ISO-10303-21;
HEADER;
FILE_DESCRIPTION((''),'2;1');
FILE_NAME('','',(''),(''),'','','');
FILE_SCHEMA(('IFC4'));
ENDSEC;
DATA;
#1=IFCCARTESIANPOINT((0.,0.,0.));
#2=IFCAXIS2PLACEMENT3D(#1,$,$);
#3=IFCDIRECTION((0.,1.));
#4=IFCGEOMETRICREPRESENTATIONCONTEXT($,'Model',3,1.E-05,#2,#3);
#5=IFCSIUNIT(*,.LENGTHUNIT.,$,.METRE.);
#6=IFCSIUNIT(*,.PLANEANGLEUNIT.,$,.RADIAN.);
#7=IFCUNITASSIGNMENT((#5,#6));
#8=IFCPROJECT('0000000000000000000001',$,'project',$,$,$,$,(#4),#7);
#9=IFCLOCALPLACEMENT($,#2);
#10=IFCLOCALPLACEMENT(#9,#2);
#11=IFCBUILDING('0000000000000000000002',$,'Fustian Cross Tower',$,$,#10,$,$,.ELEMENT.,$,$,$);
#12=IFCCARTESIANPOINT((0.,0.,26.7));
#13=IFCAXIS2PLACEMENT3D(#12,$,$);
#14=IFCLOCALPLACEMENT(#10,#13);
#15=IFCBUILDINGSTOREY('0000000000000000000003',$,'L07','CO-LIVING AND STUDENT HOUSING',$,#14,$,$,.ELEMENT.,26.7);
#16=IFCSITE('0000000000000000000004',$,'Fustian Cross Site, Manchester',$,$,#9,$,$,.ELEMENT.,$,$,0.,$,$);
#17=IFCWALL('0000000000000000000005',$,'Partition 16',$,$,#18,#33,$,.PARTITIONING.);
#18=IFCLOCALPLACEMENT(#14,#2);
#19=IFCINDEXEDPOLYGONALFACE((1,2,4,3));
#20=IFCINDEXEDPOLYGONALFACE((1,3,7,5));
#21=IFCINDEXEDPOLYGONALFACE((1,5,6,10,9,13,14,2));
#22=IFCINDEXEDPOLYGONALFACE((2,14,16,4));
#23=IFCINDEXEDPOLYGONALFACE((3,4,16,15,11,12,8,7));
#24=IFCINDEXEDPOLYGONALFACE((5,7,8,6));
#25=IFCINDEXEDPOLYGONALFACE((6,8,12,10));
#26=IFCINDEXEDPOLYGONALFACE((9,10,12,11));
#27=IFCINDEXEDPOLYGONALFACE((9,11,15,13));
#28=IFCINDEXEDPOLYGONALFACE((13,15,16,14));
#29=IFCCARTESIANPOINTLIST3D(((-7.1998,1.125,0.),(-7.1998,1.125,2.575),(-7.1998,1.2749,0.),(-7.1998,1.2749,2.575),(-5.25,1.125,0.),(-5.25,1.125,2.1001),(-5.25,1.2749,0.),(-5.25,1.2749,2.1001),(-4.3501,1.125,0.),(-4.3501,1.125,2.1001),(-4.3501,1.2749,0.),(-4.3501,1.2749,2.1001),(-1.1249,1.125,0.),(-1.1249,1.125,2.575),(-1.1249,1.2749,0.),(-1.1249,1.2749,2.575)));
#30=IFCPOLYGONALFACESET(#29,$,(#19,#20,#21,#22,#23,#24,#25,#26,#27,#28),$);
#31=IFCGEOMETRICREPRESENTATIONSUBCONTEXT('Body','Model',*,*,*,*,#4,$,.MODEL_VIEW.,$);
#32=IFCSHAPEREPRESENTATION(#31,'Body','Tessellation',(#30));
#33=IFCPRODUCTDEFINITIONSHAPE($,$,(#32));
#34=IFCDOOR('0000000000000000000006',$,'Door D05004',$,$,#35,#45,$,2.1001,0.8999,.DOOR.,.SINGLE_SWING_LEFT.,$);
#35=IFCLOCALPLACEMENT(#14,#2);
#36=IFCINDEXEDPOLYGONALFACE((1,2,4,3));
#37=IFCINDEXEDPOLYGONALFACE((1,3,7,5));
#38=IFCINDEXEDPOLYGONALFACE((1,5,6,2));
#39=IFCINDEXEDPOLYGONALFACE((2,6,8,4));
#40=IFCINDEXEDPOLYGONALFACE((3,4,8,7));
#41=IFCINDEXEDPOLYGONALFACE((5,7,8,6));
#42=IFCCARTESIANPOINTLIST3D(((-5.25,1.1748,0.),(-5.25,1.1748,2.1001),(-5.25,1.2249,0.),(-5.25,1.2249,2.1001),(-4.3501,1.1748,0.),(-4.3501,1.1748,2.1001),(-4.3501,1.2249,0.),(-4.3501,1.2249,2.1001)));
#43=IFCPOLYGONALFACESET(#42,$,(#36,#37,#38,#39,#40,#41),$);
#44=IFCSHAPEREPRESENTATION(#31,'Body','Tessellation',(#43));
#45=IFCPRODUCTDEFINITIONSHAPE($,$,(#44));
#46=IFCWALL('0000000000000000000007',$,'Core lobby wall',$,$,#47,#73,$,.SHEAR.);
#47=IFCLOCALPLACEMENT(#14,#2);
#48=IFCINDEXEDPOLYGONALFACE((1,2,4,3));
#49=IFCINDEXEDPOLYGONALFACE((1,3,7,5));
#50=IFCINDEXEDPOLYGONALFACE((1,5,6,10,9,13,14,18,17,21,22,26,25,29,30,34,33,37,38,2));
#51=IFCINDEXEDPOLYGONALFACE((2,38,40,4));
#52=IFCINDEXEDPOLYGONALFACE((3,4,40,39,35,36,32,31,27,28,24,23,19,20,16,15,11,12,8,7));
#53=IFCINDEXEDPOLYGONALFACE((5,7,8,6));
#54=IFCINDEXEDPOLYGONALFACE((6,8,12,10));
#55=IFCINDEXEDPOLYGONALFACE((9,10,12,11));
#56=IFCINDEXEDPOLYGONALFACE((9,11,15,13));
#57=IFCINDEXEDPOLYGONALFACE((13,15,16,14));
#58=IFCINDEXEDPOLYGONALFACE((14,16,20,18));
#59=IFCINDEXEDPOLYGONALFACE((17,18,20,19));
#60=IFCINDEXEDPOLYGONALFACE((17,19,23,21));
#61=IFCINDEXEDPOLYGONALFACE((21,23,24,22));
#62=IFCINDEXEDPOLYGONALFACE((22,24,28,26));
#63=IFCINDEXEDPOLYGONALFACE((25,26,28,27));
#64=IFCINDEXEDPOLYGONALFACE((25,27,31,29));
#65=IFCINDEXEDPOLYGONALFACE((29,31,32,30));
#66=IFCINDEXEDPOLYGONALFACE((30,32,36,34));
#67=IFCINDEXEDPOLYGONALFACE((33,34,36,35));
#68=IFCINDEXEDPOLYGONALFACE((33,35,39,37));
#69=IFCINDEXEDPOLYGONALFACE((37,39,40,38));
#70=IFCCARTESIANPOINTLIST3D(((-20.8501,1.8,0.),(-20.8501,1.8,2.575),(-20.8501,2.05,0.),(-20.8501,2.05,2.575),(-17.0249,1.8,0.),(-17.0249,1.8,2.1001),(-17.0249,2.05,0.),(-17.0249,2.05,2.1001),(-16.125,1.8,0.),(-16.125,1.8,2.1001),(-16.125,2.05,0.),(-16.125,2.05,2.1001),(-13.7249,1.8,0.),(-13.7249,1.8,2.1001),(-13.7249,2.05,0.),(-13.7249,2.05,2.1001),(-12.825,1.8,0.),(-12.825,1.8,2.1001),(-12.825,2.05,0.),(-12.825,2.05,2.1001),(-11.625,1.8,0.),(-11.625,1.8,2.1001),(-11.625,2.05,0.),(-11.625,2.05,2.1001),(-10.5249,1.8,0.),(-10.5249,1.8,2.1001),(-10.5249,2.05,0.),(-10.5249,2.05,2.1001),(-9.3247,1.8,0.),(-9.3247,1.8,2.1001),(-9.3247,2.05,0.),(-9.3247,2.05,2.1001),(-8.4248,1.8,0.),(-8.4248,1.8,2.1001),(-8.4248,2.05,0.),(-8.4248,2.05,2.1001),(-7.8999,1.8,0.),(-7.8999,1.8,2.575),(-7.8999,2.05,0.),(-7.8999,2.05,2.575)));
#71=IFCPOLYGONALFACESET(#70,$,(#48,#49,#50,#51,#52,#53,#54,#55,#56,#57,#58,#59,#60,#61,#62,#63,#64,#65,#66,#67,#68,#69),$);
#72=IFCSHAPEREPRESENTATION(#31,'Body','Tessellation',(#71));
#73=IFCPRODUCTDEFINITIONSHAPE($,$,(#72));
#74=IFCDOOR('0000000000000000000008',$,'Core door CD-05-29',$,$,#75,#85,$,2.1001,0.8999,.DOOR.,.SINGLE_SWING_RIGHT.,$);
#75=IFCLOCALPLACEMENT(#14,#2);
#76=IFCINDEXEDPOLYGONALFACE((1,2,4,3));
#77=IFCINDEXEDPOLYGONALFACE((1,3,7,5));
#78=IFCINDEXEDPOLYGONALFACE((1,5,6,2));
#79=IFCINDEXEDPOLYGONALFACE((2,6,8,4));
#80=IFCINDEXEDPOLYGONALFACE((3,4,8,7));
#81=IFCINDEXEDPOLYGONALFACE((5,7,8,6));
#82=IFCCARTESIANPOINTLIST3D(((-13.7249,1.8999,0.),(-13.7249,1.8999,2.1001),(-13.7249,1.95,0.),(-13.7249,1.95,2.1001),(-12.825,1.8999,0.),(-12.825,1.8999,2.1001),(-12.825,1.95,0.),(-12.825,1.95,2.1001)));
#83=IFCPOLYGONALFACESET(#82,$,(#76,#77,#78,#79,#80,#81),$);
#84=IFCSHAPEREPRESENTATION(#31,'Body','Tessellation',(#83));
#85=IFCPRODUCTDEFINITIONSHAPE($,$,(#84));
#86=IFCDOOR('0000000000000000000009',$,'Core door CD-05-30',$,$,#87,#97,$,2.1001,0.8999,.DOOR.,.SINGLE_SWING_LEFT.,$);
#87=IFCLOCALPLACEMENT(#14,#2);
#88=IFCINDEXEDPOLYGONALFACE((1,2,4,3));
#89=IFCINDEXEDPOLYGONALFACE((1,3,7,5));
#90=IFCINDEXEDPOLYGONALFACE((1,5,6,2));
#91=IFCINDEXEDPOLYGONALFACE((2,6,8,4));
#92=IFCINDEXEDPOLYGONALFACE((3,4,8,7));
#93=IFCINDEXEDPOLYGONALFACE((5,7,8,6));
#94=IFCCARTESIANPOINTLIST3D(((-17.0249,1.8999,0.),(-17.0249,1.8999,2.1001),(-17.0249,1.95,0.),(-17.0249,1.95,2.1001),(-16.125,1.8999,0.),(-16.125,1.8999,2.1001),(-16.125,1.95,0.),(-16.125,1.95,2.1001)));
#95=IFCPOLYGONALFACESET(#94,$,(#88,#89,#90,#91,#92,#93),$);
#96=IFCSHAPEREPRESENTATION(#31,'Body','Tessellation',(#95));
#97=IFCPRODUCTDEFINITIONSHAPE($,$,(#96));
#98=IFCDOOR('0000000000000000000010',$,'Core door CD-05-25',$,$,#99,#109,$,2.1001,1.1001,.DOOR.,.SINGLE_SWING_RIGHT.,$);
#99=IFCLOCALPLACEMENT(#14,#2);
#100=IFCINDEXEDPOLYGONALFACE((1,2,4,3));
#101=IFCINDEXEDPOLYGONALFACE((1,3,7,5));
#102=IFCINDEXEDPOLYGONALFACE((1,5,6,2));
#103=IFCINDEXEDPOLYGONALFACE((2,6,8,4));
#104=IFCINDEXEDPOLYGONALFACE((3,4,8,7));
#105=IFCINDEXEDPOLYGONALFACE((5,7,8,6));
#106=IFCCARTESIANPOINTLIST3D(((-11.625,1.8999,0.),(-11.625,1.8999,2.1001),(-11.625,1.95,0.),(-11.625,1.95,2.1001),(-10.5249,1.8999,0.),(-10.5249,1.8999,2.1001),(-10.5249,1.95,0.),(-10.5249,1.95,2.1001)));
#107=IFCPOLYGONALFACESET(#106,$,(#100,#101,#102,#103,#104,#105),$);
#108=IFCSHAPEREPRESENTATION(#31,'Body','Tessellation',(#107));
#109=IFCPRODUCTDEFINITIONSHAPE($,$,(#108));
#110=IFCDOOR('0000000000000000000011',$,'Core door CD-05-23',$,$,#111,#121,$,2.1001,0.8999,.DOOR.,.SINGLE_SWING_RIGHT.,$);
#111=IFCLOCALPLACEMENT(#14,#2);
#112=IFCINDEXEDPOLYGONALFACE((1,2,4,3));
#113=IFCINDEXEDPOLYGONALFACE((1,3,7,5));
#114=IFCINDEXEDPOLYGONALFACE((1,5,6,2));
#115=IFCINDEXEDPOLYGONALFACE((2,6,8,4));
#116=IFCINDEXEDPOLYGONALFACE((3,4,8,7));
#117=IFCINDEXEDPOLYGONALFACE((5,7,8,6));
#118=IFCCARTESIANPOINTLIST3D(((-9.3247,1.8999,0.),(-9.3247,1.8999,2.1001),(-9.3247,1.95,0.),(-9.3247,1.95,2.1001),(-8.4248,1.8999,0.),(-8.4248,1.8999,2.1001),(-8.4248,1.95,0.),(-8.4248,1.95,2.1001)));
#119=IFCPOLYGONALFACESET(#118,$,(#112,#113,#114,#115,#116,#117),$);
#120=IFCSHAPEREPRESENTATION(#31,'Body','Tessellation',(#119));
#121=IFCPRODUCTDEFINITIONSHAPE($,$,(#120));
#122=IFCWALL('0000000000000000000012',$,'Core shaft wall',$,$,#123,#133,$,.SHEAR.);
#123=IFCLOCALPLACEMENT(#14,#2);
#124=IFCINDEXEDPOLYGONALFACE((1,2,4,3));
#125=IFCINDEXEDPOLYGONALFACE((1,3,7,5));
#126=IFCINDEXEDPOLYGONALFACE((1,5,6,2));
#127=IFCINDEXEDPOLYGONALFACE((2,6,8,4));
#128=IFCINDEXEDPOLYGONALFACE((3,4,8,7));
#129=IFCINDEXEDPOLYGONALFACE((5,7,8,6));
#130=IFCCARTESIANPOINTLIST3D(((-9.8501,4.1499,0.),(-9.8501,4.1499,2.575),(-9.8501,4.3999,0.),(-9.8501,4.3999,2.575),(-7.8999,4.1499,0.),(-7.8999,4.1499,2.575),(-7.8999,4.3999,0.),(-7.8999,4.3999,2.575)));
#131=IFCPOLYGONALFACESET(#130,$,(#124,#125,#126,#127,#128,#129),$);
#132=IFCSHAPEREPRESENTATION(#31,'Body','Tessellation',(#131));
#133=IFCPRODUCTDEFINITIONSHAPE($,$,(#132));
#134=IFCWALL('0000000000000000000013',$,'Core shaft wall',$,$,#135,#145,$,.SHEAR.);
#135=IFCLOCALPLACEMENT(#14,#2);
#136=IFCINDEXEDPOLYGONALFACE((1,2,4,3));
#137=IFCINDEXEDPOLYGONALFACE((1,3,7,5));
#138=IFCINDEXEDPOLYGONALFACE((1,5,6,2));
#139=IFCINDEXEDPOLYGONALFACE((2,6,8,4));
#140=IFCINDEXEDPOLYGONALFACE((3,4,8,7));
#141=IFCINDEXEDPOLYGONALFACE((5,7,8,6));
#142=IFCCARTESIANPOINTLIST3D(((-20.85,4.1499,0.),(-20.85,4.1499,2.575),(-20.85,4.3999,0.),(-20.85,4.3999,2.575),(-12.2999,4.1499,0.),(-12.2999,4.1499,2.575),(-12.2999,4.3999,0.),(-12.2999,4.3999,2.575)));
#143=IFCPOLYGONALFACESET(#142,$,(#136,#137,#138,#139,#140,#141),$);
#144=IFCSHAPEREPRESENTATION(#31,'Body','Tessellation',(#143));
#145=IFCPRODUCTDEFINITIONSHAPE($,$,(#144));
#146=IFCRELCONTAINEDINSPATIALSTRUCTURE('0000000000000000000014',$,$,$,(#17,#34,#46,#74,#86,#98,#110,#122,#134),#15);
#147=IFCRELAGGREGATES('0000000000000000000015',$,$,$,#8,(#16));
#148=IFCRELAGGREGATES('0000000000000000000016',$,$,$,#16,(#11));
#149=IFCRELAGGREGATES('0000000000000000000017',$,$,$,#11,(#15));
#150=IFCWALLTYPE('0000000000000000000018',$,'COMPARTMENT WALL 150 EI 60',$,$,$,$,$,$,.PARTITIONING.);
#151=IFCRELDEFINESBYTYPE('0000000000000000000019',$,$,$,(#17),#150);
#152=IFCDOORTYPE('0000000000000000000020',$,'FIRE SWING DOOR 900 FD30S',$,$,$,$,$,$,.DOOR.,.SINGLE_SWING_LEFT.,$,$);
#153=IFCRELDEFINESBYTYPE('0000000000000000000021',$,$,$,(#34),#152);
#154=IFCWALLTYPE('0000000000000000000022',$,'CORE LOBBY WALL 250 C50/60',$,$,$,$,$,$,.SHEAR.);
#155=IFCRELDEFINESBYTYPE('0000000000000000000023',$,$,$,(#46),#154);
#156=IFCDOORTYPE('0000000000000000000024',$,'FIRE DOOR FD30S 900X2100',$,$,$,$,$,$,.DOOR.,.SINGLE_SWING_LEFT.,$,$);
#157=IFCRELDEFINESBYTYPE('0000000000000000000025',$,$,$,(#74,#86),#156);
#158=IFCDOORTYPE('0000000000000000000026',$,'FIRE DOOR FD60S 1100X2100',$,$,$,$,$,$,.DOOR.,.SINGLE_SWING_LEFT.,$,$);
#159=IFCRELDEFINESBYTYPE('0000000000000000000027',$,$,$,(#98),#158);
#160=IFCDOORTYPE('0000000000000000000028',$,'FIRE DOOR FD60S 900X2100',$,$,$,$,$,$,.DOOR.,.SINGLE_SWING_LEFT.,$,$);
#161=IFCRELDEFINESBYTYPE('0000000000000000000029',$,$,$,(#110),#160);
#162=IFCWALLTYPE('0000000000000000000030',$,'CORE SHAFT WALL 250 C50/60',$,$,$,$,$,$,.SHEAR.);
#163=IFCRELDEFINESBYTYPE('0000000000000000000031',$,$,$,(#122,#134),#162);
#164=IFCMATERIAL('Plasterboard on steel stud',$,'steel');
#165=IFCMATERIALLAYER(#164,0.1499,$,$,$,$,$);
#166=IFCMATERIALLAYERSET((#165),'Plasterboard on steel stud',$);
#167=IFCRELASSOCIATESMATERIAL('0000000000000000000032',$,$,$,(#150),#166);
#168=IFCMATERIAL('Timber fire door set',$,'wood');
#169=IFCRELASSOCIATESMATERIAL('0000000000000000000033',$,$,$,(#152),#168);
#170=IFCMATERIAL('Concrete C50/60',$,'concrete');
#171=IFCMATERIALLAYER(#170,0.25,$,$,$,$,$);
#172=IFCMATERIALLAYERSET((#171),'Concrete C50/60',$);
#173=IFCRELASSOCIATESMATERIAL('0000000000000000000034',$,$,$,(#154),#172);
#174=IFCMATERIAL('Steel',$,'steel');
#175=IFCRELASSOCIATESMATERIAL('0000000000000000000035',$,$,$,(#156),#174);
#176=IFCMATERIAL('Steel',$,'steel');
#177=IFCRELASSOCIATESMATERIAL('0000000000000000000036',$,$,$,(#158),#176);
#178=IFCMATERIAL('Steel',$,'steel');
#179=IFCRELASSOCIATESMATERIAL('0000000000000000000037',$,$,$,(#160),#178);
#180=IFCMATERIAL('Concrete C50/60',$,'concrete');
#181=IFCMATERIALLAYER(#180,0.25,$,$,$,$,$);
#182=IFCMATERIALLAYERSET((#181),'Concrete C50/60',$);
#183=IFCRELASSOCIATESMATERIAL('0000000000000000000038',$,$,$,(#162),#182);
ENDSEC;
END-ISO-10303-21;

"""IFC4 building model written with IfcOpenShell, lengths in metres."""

from ifc_helpers import new_model, si_unit, direction, frame, frame_2d, origin, place, context, subcontext, project, spatial, rectangle, extrude, material, layer, layer_set, type_object, element, fill, save


model = new_model("IFC4")

# Units and contexts
model_context = context("Model", 3, precision=1e-05, world=origin(), true_north=direction((0.0, 1.0)))
body_context = subcontext(model_context, "Body", "Model", "MODEL_VIEW")
ifc_project = project(units=[si_unit("LENGTHUNIT", "METRE"), si_unit("PLANEANGLEUNIT", "RADIAN")], contexts=[model_context])

# Site, building, storey
site_placement = place(None, origin())
site = spatial("IfcSite", under=ifc_project, at=site_placement, Name="Fustian Cross Site, Manchester", CompositionType="ELEMENT", RefElevation=0.0)
building_placement = place(site_placement, origin())
building = spatial("IfcBuilding", under=site, at=building_placement, Name="Fustian Cross Tower", CompositionType="ELEMENT")
storey_placement = place(building_placement, frame((0.0, 0.0, 26.7)))
storey = spatial("IfcBuildingStorey", under=building, at=storey_placement, Name="L07", Description="CO-LIVING AND STUDENT HOUSING", CompositionType="ELEMENT", Elevation=26.7)

# Wall, opening, door
ifc_material_1 = material(Name="Plasterboard on steel stud", Category="steel")
ifc_layer_1 = layer(ifc_material_1, 0.1499)
ifc_layer_set_1 = layer_set([ifc_layer_1], Name="Plasterboard on steel stud")
wall_type_1 = type_object("IfcWallType", Name="COMPARTMENT WALL 150 EI 60", PredefinedType="PARTITIONING", material=ifc_layer_set_1)
wall_1_placement = place(storey_placement, frame((-7.2, 1.2, 0.0), z_axis=(0.0, 0.0, 1.0), x_axis=(1.0, 0.0, 0.0)))
wall_1 = element("IfcWall", 1, at=wall_1_placement, inside=storey, type_object=wall_type_1, Name="Partition 16", PredefinedType="PARTITIONING", context=body_context, shape_type="SweptSolid", body=[
    extrude(rectangle(XDim=6.075, YDim=0.1499, at=frame_2d((3.0376, 0.0))), origin(), (0.0, 0.0, 1.0), 2.575),
])
opening_1_placement = place(wall_1_placement, frame((1.95, 0.0, 0.0)))
opening_1 = element("IfcOpeningElement", 2, at=opening_1_placement, cuts=wall_1, PredefinedType="OPENING", context=body_context, shape_type="SweptSolid", body=[
    extrude(rectangle(XDim=0.8999, YDim=2.1001, at=frame_2d((0.45, 1.05))), frame((0.0, 0.085, 0.0), z_axis=(0.0, -1.0, 0.0), x_axis=(1.0, 0.0, 0.0)), (0.0, 0.0, 1.0), 0.1699),
])
ifc_material_2 = material(Name="Timber fire door set", Category="wood")
door_type_1 = type_object("IfcDoorType", Name="FIRE SWING DOOR 900 FD30S", OperationType="SINGLE_SWING_LEFT", PredefinedType="DOOR", material=ifc_material_2)
door_1_placement = place(opening_1_placement, origin())
door_1 = element("IfcDoor", 3, at=door_1_placement, inside=storey, type_object=door_type_1, Name="Door D05004", OperationType="SINGLE_SWING_LEFT", OverallHeight=2.1001, OverallWidth=0.8999, PredefinedType="DOOR", context=body_context, shape_type="SweptSolid", body=[
    extrude(rectangle(XDim=0.8999, YDim=2.1001, at=frame_2d((0.45, 1.05))), frame((0.0, 0.0249, 0.0), z_axis=(0.0, -1.0, 0.0), x_axis=(1.0, 0.0, 0.0)), (0.0, 0.0, 1.0), 0.05),
])
fill(opening_1, door_1)

# Wall, openings, doors
ifc_material_3 = material(Name="Concrete C50/60", Category="concrete")
ifc_layer_2 = layer(ifc_material_3, 0.25)
ifc_layer_set_2 = layer_set([ifc_layer_2], Name="Concrete C50/60")
wall_type_2 = type_object("IfcWallType", Name="CORE LOBBY WALL 250 C50/60", PredefinedType="SHEAR", material=ifc_layer_set_2)
wall_2_placement = place(storey_placement, frame((-7.8999, 1.925, 0.0), z_axis=(0.0, 0.0, 1.0), x_axis=(-1.0, 0.0, 0.0)))
wall_2 = element("IfcWall", 4, at=wall_2_placement, inside=storey, type_object=wall_type_2, Name="Core lobby wall", PredefinedType="SHEAR", context=body_context, shape_type="SweptSolid", body=[
    extrude(rectangle(XDim=12.9502, YDim=0.25, at=frame_2d((6.4751, 0.0))), origin(), (0.0, 0.0, 1.0), 2.575),
])
opening_2_placement = place(wall_2_placement, frame((0.5249, 0.0, 0.0)))
opening_2 = element("IfcOpeningElement", 5, at=opening_2_placement, cuts=wall_2, PredefinedType="OPENING", context=body_context, shape_type="SweptSolid", body=[
    extrude(rectangle(XDim=0.8999, YDim=2.1001, at=frame_2d((0.45, 1.05))), frame((0.0, 0.135, 0.0), z_axis=(0.0, -1.0, 0.0), x_axis=(1.0, 0.0, 0.0)), (0.0, 0.0, 1.0), 0.27),
])
opening_3_placement = place(wall_2_placement, frame((2.625, 0.0, 0.0)))
opening_3 = element("IfcOpeningElement", 6, at=opening_3_placement, cuts=wall_2, PredefinedType="OPENING", context=body_context, shape_type="SweptSolid", body=[
    extrude(rectangle(XDim=1.1001, YDim=2.1001, at=frame_2d((0.55, 1.05))), frame((0.0, 0.135, 0.0), z_axis=(0.0, -1.0, 0.0), x_axis=(1.0, 0.0, 0.0)), (0.0, 0.0, 1.0), 0.27),
])
opening_4_placement = place(wall_2_placement, frame((4.925, 0.0, 0.0)))
opening_4 = element("IfcOpeningElement", 7, at=opening_4_placement, cuts=wall_2, PredefinedType="OPENING", context=body_context, shape_type="SweptSolid", body=[
    extrude(rectangle(XDim=0.8999, YDim=2.1001, at=frame_2d((0.45, 1.05))), frame((0.0, 0.135, 0.0), z_axis=(0.0, -1.0, 0.0), x_axis=(1.0, 0.0, 0.0)), (0.0, 0.0, 1.0), 0.27),
])
opening_5_placement = place(wall_2_placement, frame((8.2251, 0.0, 0.0)))
opening_5 = element("IfcOpeningElement", 8, at=opening_5_placement, cuts=wall_2, PredefinedType="OPENING", context=body_context, shape_type="SweptSolid", body=[
    extrude(rectangle(XDim=0.8999, YDim=2.1001, at=frame_2d((0.45, 1.05))), frame((0.0, 0.135, 0.0), z_axis=(0.0, -1.0, 0.0), x_axis=(1.0, 0.0, 0.0)), (0.0, 0.0, 1.0), 0.27),
])
ifc_material_4 = material(Name="Steel", Category="steel")
door_type_2 = type_object("IfcDoorType", Name="FIRE DOOR FD30S 900X2100", OperationType="SINGLE_SWING_LEFT", PredefinedType="DOOR", material=ifc_material_4)
door_2_placement = place(opening_4_placement, frame((0.8999, 0.0, 0.0), z_axis=(0.0, 0.0, 1.0), x_axis=(-1.0, 0.0, 0.0)))
door_2 = element("IfcDoor", 9, at=door_2_placement, inside=storey, type_object=door_type_2, Name="Core door CD-05-29", OperationType="SINGLE_SWING_RIGHT", OverallHeight=2.1001, OverallWidth=0.8999, PredefinedType="DOOR", context=body_context, shape_type="SweptSolid", body=[
    extrude(rectangle(XDim=0.8999, YDim=2.1001, at=frame_2d((0.45, 1.05))), frame((0.0, 0.0249, 0.0), z_axis=(0.0, -1.0, 0.0), x_axis=(1.0, 0.0, 0.0)), (0.0, 0.0, 1.0), 0.05),
])
fill(opening_4, door_2)
door_3_placement = place(opening_5_placement, frame((0.8999, 0.0, 0.0), z_axis=(0.0, 0.0, 1.0), x_axis=(-1.0, 0.0, 0.0)))
door_3 = element("IfcDoor", 10, at=door_3_placement, inside=storey, type_object=door_type_2, Name="Core door CD-05-30", OperationType="SINGLE_SWING_LEFT", OverallHeight=2.1001, OverallWidth=0.8999, PredefinedType="DOOR", context=body_context, shape_type="SweptSolid", body=[
    extrude(rectangle(XDim=0.8999, YDim=2.1001, at=frame_2d((0.45, 1.05))), frame((0.0, 0.0249, 0.0), z_axis=(0.0, -1.0, 0.0), x_axis=(1.0, 0.0, 0.0)), (0.0, 0.0, 1.0), 0.05),
])
fill(opening_5, door_3)
ifc_material_5 = material(Name="Steel", Category="steel")
door_type_3 = type_object("IfcDoorType", Name="FIRE DOOR FD60S 1100X2100", OperationType="SINGLE_SWING_LEFT", PredefinedType="DOOR", material=ifc_material_5)
door_4_placement = place(opening_3_placement, frame((1.1001, 0.0, 0.0), z_axis=(0.0, 0.0, 1.0), x_axis=(-1.0, 0.0, 0.0)))
door_4 = element("IfcDoor", 11, at=door_4_placement, inside=storey, type_object=door_type_3, Name="Core door CD-05-25", OperationType="SINGLE_SWING_RIGHT", OverallHeight=2.1001, OverallWidth=1.1001, PredefinedType="DOOR", context=body_context, shape_type="SweptSolid", body=[
    extrude(rectangle(XDim=1.1001, YDim=2.1001, at=frame_2d((0.55, 1.05))), frame((0.0, 0.0249, 0.0), z_axis=(0.0, -1.0, 0.0), x_axis=(1.0, 0.0, 0.0)), (0.0, 0.0, 1.0), 0.05),
])
fill(opening_3, door_4)
ifc_material_6 = material(Name="Steel", Category="steel")
door_type_4 = type_object("IfcDoorType", Name="FIRE DOOR FD60S 900X2100", OperationType="SINGLE_SWING_LEFT", PredefinedType="DOOR", material=ifc_material_6)
door_5_placement = place(opening_2_placement, frame((0.8999, 0.0, 0.0), z_axis=(0.0, 0.0, 1.0), x_axis=(-1.0, 0.0, 0.0)))
door_5 = element("IfcDoor", 12, at=door_5_placement, inside=storey, type_object=door_type_4, Name="Core door CD-05-23", OperationType="SINGLE_SWING_RIGHT", OverallHeight=2.1001, OverallWidth=0.8999, PredefinedType="DOOR", context=body_context, shape_type="SweptSolid", body=[
    extrude(rectangle(XDim=0.8999, YDim=2.1001, at=frame_2d((0.45, 1.05))), frame((0.0, 0.0249, 0.0), z_axis=(0.0, -1.0, 0.0), x_axis=(1.0, 0.0, 0.0)), (0.0, 0.0, 1.0), 0.05),
])
fill(opening_2, door_5)

# Walls
ifc_material_7 = material(Name="Concrete C50/60", Category="concrete")
ifc_layer_3 = layer(ifc_material_7, 0.25)
ifc_layer_set_3 = layer_set([ifc_layer_3], Name="Concrete C50/60")
wall_type_3 = type_object("IfcWallType", Name="CORE SHAFT WALL 250 C50/60", PredefinedType="SHEAR", material=ifc_layer_set_3)
wall_3_placement = place(storey_placement, frame((-7.8999, 4.2749, 0.0), z_axis=(0.0, 0.0, 1.0), x_axis=(-1.0, 0.0, 0.0)))
element("IfcWall", 13, at=wall_3_placement, inside=storey, type_object=wall_type_3, Name="Core shaft wall", PredefinedType="SHEAR", context=body_context, shape_type="SweptSolid", body=[
    extrude(rectangle(XDim=1.9502, YDim=0.25, at=frame_2d((0.9751, 0.0))), origin(), (0.0, 0.0, 1.0), 2.575),
])
wall_4_placement = place(storey_placement, frame((-12.3, 4.2749, 0.0), z_axis=(0.0, 0.0, 1.0), x_axis=(-1.0, 0.0, 0.0)))
element("IfcWall", 14, at=wall_4_placement, inside=storey, type_object=wall_type_3, Name="Core shaft wall", PredefinedType="SHEAR", context=body_context, shape_type="SweptSolid", body=[
    extrude(rectangle(XDim=8.55, YDim=0.25, at=frame_2d((4.2749, 0.0))), origin(), (0.0, 0.0, 1.0), 2.575),
])

save(model, "model.ifc")
